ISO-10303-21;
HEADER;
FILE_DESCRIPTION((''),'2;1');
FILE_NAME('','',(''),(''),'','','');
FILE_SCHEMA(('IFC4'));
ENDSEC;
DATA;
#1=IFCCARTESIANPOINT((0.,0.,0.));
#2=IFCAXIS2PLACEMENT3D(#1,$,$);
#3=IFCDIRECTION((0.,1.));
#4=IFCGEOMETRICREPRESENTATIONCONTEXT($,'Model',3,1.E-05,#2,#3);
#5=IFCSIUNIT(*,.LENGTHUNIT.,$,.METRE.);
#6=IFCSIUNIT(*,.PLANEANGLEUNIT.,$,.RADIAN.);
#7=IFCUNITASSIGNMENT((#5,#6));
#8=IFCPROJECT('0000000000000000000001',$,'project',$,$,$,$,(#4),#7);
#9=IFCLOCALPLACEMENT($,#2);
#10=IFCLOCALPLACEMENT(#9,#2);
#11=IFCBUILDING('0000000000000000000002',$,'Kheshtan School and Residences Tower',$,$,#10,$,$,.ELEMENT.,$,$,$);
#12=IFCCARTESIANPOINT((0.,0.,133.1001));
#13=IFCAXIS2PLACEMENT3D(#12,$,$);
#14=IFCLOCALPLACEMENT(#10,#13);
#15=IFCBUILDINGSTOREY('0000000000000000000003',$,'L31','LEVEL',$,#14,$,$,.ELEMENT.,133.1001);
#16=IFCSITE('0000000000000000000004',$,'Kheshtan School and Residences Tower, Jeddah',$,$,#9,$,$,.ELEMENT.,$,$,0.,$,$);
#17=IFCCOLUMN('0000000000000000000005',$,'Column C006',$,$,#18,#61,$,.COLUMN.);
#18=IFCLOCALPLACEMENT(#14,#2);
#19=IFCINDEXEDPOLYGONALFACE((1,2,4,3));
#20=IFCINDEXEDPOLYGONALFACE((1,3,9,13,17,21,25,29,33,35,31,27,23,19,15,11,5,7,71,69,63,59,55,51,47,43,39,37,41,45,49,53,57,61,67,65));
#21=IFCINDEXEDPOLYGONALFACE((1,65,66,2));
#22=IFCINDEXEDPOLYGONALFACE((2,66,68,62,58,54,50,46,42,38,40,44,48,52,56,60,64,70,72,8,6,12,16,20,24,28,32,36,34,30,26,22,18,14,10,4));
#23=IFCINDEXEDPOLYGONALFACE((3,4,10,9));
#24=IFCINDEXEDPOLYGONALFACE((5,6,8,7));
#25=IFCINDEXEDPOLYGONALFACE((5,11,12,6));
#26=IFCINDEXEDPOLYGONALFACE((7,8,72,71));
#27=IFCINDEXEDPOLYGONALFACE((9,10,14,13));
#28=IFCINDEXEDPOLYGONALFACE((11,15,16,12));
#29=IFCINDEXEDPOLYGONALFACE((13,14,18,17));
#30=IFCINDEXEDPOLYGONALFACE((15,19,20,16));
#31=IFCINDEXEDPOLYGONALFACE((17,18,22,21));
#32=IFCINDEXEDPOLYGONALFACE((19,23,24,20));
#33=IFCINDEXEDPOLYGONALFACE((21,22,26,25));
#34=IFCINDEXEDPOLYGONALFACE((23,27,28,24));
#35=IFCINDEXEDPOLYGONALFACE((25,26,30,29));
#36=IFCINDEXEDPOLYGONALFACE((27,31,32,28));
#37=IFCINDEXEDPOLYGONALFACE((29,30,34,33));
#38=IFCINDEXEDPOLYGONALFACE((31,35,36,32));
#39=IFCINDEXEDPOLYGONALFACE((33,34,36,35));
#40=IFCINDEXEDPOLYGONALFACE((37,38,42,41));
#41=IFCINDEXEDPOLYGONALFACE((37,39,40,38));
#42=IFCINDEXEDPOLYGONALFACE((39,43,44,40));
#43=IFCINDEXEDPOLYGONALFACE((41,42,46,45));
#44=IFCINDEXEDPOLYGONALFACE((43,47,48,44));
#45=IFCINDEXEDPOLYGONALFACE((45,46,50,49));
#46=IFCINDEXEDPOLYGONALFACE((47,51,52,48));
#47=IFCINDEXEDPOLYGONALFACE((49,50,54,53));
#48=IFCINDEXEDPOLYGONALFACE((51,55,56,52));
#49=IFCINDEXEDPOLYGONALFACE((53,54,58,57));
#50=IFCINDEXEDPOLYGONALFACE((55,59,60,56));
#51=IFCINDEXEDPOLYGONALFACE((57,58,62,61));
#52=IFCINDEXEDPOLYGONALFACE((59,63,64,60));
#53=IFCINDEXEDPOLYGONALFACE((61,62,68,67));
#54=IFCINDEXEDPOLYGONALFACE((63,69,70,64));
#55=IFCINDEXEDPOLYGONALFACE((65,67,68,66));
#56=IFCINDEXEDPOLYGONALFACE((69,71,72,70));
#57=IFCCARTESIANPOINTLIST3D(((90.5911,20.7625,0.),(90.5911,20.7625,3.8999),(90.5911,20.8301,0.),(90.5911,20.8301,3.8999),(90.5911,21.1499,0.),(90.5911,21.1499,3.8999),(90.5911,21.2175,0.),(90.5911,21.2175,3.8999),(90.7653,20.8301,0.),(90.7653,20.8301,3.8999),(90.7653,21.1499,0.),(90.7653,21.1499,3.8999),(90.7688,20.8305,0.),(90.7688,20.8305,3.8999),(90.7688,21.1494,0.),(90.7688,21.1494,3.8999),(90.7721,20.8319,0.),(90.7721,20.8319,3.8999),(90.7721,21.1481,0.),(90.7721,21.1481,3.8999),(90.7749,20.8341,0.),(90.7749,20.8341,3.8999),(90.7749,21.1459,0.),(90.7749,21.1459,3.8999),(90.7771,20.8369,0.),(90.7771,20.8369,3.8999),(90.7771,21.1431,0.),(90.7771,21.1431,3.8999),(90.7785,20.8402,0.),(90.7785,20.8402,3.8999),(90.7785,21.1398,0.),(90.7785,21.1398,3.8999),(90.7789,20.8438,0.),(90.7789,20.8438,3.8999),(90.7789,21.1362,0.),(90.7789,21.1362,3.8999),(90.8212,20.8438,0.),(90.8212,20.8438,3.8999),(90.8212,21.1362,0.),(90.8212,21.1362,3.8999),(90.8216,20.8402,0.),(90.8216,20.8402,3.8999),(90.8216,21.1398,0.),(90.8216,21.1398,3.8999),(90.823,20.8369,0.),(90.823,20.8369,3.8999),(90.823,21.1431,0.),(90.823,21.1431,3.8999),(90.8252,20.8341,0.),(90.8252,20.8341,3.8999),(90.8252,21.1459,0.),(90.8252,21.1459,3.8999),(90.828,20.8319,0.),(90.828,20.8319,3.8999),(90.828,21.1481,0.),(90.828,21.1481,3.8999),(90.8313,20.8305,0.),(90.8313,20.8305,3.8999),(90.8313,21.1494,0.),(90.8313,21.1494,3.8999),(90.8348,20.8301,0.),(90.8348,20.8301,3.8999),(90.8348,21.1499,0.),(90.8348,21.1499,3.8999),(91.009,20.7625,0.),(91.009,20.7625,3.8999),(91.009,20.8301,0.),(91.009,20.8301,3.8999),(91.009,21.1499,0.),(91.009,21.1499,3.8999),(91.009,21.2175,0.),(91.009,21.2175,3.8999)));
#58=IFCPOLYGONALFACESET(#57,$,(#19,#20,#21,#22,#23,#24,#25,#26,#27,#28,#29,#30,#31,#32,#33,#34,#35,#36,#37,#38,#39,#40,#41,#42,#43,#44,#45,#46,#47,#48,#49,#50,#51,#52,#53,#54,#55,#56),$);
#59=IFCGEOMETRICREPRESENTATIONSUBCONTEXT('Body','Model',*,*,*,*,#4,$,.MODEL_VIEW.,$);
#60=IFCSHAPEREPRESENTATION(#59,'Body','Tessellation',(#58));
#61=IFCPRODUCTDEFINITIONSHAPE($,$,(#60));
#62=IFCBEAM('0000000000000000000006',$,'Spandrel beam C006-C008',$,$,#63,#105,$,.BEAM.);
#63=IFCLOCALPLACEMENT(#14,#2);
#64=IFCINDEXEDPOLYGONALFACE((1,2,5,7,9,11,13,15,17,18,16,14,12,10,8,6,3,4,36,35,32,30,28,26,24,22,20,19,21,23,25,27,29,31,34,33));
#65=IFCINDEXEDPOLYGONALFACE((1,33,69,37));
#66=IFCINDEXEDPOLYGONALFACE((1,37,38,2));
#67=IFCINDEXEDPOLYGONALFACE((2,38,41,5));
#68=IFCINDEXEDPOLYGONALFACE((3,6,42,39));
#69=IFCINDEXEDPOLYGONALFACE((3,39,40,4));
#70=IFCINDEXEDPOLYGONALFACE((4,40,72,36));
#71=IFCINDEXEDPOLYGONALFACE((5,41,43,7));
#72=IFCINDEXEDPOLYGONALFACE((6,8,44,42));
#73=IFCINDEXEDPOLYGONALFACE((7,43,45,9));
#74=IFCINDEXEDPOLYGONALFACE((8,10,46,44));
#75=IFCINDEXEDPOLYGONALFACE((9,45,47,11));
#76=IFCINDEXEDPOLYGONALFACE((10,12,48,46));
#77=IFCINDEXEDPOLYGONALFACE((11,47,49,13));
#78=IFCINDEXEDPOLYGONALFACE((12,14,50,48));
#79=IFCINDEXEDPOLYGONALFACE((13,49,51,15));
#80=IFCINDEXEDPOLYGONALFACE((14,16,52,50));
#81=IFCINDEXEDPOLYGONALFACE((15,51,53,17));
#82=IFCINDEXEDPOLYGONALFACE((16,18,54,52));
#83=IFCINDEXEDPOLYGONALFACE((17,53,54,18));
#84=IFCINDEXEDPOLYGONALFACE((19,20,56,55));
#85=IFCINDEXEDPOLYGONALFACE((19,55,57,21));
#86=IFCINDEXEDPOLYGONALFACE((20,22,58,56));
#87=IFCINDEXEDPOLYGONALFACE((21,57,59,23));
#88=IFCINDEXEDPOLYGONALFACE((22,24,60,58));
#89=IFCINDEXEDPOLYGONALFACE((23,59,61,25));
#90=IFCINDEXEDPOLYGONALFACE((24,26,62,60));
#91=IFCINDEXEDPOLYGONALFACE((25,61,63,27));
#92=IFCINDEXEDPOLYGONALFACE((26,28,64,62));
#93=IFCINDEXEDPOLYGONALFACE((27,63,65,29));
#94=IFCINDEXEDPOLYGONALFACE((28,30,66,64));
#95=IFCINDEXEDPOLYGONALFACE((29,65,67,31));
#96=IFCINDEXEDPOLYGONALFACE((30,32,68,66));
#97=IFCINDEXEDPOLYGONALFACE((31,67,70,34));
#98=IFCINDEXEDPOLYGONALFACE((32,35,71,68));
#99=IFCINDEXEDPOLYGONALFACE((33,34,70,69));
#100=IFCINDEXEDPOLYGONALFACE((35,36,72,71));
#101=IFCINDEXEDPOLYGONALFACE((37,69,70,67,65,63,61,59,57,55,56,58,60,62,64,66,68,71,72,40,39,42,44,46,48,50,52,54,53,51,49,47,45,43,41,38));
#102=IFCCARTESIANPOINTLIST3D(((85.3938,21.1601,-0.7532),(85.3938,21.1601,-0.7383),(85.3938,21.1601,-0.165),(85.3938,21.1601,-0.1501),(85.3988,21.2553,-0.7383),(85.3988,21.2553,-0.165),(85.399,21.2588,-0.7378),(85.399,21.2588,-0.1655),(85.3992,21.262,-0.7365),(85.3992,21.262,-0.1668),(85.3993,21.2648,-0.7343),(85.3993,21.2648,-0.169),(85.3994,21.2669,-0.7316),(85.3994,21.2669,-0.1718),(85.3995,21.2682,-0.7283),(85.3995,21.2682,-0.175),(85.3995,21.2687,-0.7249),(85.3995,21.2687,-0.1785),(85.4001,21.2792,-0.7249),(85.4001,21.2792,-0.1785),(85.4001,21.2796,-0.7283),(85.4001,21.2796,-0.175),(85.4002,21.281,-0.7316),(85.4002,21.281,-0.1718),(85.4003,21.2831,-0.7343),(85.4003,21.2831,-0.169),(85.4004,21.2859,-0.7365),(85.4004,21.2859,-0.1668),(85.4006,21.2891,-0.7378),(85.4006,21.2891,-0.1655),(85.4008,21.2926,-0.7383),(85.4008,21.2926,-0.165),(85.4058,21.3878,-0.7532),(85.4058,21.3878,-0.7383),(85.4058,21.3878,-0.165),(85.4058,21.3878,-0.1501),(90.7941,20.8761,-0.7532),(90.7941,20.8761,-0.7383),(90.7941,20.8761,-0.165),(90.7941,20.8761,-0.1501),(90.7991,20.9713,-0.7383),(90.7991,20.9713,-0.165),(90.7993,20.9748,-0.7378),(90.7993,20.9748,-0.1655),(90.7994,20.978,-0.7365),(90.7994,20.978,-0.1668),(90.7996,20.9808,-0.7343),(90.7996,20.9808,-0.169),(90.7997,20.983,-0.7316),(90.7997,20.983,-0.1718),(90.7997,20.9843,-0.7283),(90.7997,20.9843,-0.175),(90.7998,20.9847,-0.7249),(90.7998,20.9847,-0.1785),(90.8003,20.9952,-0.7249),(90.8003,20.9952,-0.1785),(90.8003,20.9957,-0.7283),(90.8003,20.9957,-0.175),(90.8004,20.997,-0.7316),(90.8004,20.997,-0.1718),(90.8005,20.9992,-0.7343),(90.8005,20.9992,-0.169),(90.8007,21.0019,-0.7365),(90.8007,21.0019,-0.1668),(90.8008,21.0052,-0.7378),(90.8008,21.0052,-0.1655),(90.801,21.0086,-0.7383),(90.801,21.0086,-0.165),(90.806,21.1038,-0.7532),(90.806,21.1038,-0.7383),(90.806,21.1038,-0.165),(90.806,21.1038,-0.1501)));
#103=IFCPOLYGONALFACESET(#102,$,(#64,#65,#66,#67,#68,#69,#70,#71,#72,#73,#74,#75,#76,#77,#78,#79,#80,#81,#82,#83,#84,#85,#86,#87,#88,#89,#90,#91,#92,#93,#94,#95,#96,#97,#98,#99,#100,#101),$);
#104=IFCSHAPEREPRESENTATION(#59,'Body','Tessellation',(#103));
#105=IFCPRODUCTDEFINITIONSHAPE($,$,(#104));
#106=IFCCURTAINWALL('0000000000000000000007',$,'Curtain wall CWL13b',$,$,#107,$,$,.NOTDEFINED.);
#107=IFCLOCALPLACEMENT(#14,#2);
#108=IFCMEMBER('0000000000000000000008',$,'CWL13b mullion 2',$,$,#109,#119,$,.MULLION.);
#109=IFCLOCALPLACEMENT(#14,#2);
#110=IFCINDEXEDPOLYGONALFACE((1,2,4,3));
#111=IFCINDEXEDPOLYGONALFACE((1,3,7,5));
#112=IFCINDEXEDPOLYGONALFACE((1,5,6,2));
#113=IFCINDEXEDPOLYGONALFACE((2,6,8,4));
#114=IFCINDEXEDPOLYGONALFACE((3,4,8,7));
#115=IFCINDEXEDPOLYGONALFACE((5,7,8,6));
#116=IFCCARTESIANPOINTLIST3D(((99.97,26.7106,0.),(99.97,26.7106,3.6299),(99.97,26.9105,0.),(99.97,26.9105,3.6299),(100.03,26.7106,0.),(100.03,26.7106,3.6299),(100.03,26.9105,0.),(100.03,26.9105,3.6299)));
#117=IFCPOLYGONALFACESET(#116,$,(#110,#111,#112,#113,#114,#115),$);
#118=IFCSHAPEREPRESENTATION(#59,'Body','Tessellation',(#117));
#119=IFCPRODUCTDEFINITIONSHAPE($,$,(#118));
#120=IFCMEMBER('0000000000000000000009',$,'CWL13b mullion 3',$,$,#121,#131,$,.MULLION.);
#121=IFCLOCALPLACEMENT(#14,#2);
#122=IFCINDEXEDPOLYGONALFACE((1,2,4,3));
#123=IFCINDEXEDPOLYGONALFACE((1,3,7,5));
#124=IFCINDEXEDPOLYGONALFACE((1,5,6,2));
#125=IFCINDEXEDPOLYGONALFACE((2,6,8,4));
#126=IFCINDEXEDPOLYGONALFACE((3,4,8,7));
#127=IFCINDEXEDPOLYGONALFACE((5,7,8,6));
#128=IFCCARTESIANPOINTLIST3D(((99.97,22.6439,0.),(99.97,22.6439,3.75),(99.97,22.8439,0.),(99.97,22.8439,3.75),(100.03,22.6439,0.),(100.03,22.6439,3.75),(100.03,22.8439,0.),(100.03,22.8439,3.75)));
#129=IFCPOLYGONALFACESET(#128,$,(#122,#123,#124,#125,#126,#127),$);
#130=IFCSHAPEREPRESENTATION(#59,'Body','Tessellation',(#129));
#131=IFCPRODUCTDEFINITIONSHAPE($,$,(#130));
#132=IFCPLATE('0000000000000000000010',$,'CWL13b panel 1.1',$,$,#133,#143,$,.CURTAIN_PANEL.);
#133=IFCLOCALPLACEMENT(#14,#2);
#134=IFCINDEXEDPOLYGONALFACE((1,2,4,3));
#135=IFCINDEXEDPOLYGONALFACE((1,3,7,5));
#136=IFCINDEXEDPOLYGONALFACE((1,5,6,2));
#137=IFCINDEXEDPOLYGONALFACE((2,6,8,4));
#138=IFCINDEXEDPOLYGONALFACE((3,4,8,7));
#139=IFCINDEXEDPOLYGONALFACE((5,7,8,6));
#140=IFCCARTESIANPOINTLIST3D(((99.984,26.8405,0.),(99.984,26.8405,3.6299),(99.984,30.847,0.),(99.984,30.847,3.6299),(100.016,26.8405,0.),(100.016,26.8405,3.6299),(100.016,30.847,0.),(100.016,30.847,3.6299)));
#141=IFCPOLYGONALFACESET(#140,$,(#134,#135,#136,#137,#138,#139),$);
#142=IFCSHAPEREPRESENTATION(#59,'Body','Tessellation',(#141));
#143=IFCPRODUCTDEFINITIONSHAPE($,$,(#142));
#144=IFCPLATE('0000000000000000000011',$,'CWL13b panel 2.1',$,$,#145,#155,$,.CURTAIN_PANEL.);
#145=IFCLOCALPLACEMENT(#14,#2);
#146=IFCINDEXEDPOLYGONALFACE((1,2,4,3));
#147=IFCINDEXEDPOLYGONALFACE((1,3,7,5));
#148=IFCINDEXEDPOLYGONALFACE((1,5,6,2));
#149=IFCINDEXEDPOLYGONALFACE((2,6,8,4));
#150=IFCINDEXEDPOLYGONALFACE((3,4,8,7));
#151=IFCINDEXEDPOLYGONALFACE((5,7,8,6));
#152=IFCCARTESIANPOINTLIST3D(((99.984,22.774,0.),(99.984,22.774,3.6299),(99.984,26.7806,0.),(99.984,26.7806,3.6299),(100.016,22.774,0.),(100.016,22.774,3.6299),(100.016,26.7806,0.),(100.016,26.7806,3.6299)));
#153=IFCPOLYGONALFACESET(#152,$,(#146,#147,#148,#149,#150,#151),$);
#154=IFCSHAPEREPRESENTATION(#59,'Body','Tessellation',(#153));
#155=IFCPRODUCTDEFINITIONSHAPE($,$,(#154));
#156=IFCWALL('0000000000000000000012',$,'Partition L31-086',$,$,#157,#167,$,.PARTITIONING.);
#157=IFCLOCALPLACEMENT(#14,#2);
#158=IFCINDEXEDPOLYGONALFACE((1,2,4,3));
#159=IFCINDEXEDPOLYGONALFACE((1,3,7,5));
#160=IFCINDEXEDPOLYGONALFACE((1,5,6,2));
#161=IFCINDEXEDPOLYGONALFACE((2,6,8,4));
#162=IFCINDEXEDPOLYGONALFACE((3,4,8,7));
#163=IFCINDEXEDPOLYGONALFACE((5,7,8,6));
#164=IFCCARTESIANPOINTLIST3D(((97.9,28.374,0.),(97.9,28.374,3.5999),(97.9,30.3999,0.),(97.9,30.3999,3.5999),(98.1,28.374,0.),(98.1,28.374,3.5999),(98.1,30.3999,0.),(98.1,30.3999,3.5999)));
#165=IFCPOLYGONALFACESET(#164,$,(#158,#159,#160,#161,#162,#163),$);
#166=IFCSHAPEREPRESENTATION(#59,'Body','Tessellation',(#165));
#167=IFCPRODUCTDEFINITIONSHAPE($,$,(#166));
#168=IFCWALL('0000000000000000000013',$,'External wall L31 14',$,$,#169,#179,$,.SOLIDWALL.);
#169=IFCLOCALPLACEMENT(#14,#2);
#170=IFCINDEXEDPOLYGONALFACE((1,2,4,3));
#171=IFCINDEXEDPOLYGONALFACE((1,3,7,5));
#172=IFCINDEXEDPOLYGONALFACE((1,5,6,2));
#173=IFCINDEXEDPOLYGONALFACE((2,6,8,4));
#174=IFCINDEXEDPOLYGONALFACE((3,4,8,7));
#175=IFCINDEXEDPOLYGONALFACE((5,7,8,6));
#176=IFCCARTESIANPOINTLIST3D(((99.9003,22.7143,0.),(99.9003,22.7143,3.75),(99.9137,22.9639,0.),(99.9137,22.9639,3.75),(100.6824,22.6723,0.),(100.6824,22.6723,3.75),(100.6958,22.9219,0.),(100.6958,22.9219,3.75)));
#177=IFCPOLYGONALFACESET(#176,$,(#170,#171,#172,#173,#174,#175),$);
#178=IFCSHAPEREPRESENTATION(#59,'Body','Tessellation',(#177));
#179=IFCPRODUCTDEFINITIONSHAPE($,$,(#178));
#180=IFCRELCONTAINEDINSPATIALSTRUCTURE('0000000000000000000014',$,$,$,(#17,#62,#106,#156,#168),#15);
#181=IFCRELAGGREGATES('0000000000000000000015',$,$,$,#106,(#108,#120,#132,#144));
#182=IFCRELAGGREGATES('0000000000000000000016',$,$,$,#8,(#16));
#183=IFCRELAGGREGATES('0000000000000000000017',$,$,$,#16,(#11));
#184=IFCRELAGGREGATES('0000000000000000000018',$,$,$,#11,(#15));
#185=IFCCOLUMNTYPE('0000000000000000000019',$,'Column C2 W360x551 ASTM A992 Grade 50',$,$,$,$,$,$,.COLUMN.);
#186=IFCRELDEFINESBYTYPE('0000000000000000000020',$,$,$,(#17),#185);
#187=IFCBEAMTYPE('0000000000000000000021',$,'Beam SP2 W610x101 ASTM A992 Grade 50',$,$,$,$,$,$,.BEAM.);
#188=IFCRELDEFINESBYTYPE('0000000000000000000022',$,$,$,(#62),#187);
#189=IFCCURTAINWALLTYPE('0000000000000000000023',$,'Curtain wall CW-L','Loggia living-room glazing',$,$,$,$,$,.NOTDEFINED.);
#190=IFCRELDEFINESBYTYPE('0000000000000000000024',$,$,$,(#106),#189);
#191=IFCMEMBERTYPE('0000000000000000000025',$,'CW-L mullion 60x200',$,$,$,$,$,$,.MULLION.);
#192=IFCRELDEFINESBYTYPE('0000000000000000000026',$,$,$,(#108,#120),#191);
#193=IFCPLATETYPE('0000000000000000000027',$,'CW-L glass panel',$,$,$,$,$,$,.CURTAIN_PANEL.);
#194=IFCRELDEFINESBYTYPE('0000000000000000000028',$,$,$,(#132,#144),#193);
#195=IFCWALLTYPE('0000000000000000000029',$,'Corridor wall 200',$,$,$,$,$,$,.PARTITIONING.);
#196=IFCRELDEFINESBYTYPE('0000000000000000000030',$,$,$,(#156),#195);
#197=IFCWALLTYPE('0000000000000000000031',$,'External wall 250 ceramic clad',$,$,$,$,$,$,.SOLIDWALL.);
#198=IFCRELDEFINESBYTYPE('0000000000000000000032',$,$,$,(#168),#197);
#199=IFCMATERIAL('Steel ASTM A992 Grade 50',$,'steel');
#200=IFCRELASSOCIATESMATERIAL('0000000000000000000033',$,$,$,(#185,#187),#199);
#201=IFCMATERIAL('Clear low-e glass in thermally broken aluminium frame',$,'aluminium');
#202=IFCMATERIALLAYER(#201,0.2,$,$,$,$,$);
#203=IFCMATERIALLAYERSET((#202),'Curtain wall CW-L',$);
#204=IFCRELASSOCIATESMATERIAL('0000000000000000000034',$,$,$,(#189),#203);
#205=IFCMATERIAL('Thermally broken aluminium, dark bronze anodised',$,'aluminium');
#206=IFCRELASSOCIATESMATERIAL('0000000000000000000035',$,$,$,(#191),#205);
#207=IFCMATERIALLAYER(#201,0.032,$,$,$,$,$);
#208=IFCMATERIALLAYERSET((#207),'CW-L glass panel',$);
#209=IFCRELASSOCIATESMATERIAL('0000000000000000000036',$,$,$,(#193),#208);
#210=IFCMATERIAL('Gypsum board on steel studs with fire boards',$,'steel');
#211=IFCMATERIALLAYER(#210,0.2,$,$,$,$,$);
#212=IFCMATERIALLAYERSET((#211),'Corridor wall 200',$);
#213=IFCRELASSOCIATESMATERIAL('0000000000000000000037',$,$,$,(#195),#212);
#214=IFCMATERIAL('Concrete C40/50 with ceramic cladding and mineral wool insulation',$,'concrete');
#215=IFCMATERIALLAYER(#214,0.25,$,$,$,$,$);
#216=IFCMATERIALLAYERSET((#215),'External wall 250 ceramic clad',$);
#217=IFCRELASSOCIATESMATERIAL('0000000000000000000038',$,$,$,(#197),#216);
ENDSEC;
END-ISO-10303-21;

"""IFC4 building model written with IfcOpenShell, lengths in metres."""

from ifc_helpers import new_model, si_unit, direction, frame, frame_2d, origin, origin_2d, place, context, subcontext, project, spatial, rectangle, i_section, extrude, material, layer, layer_set, material_profile, profile_set, type_object, element, aggregate, save


model = new_model("IFC4")

# Units and contexts
model_context = context("Model", 3, precision=1e-05, world=origin(), true_north=direction((0.0, 1.0)))
body_context = subcontext(model_context, "Body", "Model", "MODEL_VIEW")
ifc_project = project(units=[si_unit("LENGTHUNIT", "METRE"), si_unit("PLANEANGLEUNIT", "RADIAN")], contexts=[model_context])

# Site, building, storey
site_placement = place(None, origin())
site = spatial("IfcSite", under=ifc_project, at=site_placement, Name="Kheshtan School and Residences Tower, Jeddah", CompositionType="ELEMENT", RefElevation=0.0)
building_placement = place(site_placement, origin())
building = spatial("IfcBuilding", under=site, at=building_placement, Name="Kheshtan School and Residences Tower", CompositionType="ELEMENT")
storey_placement = place(building_placement, frame((0.0, 0.0, 133.1001)))
storey = spatial("IfcBuildingStorey", under=building, at=storey_placement, Name="L31", Description="LEVEL", CompositionType="ELEMENT", Elevation=133.1001)

# Column
ifc_material_1 = material(Name="Steel ASTM A992 Grade 50", Category="steel")
ifc_material_profile_1 = material_profile(ifc_material_1, i_section(OverallWidth=0.418, OverallDepth=0.4551, WebThickness=0.0422, FlangeThickness=0.0676, FilletRadius=0.0137, at=origin_2d()), Name="W360x551")
ifc_profile_set_1 = profile_set([ifc_material_profile_1], Name="Steel ASTM A992 Grade 50")
column_type = type_object("IfcColumnType", Name="Column C2 W360x551 ASTM A992 Grade 50", PredefinedType="COLUMN", material=ifc_profile_set_1)
column_placement = place(storey_placement, frame((90.8, 20.99, 0.0), z_axis=(0.0, 0.0, 1.0), x_axis=(1.0, 0.0, 0.0)))
element("IfcColumn", 1, at=column_placement, inside=storey, type_object=column_type, Name="Column C006", PredefinedType="COLUMN", context=body_context, shape_type="SweptSolid", body=[
    extrude(i_section(OverallWidth=0.418, OverallDepth=0.4551, WebThickness=0.0422, FlangeThickness=0.0676, FilletRadius=0.0137, at=origin_2d()), origin(), (0.0, 0.0, 1.0), 3.8999),
])

# Beam
ifc_material_profile_2 = material_profile(ifc_material_1, i_section(OverallWidth=0.228, OverallDepth=0.603, WebThickness=0.0105, FlangeThickness=0.0149, FilletRadius=0.0134, at=origin_2d()), Name="W610x101")
ifc_profile_set_2 = profile_set([ifc_material_profile_2], Name="Steel ASTM A992 Grade 50")
beam_type = type_object("IfcBeamType", Name="Beam SP2 W610x101 ASTM A992 Grade 50", PredefinedType="BEAM", material=ifc_profile_set_2)
beam_placement = place(storey_placement, frame((90.8, 20.99, -0.4517), z_axis=(-0.998621, 0.052507, 0.0), x_axis=(-0.052507, -0.998621, 0.0)))
element("IfcBeam", 2, at=beam_placement, inside=storey, type_object=beam_type, Name="Spandrel beam C006-C008", PredefinedType="BEAM", context=body_context, shape_type="SweptSolid", body=[
    extrude(i_section(OverallWidth=0.228, OverallDepth=0.603, WebThickness=0.0105, FlangeThickness=0.0149, FilletRadius=0.0134, at=origin_2d()), origin(), (0.0, 0.0, 1.0), 5.4077),
])

# Curtain wall, members, plates
ifc_material_2 = material(Name="Clear low-e glass in thermally broken aluminium frame", Category="aluminium")
ifc_layer_1 = layer(ifc_material_2, 0.2)
ifc_layer_set_1 = layer_set([ifc_layer_1], Name="Curtain wall CW-L")
curtain_wall_type = type_object("IfcCurtainWallType", Name="Curtain wall CW-L", Description="Loggia living-room glazing", PredefinedType="NOTDEFINED", material=ifc_layer_set_1)
curtain_wall_placement = place(storey_placement, origin())
curtain_wall = element("IfcCurtainWall", 3, at=curtain_wall_placement, inside=storey, type_object=curtain_wall_type, Name="Curtain wall CWL13b", PredefinedType="NOTDEFINED")
ifc_material_3 = material(Name="Thermally broken aluminium, dark bronze anodised", Category="aluminium")
ifc_material_profile_3 = material_profile(ifc_material_3, rectangle(XDim=0.0601, YDim=0.2, at=origin_2d()), Name="CW-L mullion 60x200")
ifc_profile_set_3 = profile_set([ifc_material_profile_3], Name="Thermally broken aluminium, dark bronze anodised")
member_type = type_object("IfcMemberType", Name="CW-L mullion 60x200", PredefinedType="MULLION", material=ifc_profile_set_3)
member_1_placement = place(storey_placement, frame((100.0, 26.8105, 0.0), z_axis=(0.0, 0.0, 1.0), x_axis=(1.0, 0.0, 0.0)))
member_1 = element("IfcMember", 4, at=member_1_placement, type_object=member_type, Name="CWL13b mullion 2", PredefinedType="MULLION", context=body_context, shape_type="SweptSolid", body=[
    extrude(rectangle(XDim=0.0601, YDim=0.2, at=origin_2d()), origin(), (0.0, 0.0, 1.0), 3.6299),
])
member_2_placement = place(storey_placement, frame((100.0, 22.7439, 0.0), z_axis=(0.0, 0.0, 1.0), x_axis=(1.0, 0.0, 0.0)))
member_2 = element("IfcMember", 5, at=member_2_placement, type_object=member_type, Name="CWL13b mullion 3", PredefinedType="MULLION", context=body_context, shape_type="SweptSolid", body=[
    extrude(rectangle(XDim=0.0601, YDim=0.2, at=origin_2d()), origin(), (0.0, 0.0, 1.0), 3.75),
])
ifc_layer_2 = layer(ifc_material_2, 0.032)
ifc_layer_set_2 = layer_set([ifc_layer_2], Name="CW-L glass panel")
plate_type = type_object("IfcPlateType", Name="CW-L glass panel", PredefinedType="CURTAIN_PANEL", material=ifc_layer_set_2)
plate_1_placement = place(storey_placement, frame((100.0, 28.8438, 0.0), z_axis=(0.0, 0.0, 1.0), x_axis=(0.0, -1.0, 0.0)))
plate_1 = element("IfcPlate", 6, at=plate_1_placement, type_object=plate_type, Name="CWL13b panel 1.1", PredefinedType="CURTAIN_PANEL", context=body_context, shape_type="SweptSolid", body=[
    extrude(rectangle(XDim=4.0066, YDim=0.032, at=origin_2d()), origin(), (0.0, 0.0, 1.0), 3.6299),
])
plate_2_placement = place(storey_placement, frame((100.0, 24.7773, 0.0), z_axis=(0.0, 0.0, 1.0), x_axis=(0.0, -1.0, 0.0)))
plate_2 = element("IfcPlate", 7, at=plate_2_placement, type_object=plate_type, Name="CWL13b panel 2.1", PredefinedType="CURTAIN_PANEL", context=body_context, shape_type="SweptSolid", body=[
    extrude(rectangle(XDim=4.0066, YDim=0.032, at=origin_2d()), origin(), (0.0, 0.0, 1.0), 3.6299),
])
aggregate(curtain_wall, [member_1, member_2, plate_1, plate_2])

# Walls
ifc_material_4 = material(Name="Gypsum board on steel studs with fire boards", Category="steel")
ifc_layer_3 = layer(ifc_material_4, 0.2)
ifc_layer_set_3 = layer_set([ifc_layer_3], Name="Corridor wall 200")
wall_type_1 = type_object("IfcWallType", Name="Corridor wall 200", PredefinedType="PARTITIONING", material=ifc_layer_set_3)
wall_1_placement = place(storey_placement, frame((98.0, 28.374, 0.0), z_axis=(0.0, 0.0, 1.0), x_axis=(0.0, 1.0, 0.0)))
element("IfcWall", 8, at=wall_1_placement, inside=storey, type_object=wall_type_1, Name="Partition L31-086", PredefinedType="PARTITIONING", context=body_context, shape_type="SweptSolid", body=[
    extrude(rectangle(XDim=2.0259, YDim=0.2, at=frame_2d((1.0129, 0.0))), origin(), (0.0, 0.0, 1.0), 3.5999),
])
ifc_material_5 = material(Name="Concrete C40/50 with ceramic cladding and mineral wool insulation", Category="concrete")
ifc_layer_4 = layer(ifc_material_5, 0.25)
ifc_layer_set_4 = layer_set([ifc_layer_4], Name="External wall 250 ceramic clad")
wall_type_2 = type_object("IfcWallType", Name="External wall 250 ceramic clad", PredefinedType="SOLIDWALL", material=ifc_layer_set_4)
wall_2_placement = place(storey_placement, frame((99.907, 22.8391, 0.0), z_axis=(0.0, 0.0, 1.0), x_axis=(0.998561, -0.053622, 0.0)))
element("IfcWall", 9, at=wall_2_placement, inside=storey, type_object=wall_type_2, Name="External wall L31 14", PredefinedType="SOLIDWALL", context=body_context, shape_type="SweptSolid", body=[
    extrude(rectangle(XDim=0.7832, YDim=0.25, at=frame_2d((0.3916, 0.0))), origin(), (0.0, 0.0, 1.0), 3.75),
])

save(model, "model.ifc")
